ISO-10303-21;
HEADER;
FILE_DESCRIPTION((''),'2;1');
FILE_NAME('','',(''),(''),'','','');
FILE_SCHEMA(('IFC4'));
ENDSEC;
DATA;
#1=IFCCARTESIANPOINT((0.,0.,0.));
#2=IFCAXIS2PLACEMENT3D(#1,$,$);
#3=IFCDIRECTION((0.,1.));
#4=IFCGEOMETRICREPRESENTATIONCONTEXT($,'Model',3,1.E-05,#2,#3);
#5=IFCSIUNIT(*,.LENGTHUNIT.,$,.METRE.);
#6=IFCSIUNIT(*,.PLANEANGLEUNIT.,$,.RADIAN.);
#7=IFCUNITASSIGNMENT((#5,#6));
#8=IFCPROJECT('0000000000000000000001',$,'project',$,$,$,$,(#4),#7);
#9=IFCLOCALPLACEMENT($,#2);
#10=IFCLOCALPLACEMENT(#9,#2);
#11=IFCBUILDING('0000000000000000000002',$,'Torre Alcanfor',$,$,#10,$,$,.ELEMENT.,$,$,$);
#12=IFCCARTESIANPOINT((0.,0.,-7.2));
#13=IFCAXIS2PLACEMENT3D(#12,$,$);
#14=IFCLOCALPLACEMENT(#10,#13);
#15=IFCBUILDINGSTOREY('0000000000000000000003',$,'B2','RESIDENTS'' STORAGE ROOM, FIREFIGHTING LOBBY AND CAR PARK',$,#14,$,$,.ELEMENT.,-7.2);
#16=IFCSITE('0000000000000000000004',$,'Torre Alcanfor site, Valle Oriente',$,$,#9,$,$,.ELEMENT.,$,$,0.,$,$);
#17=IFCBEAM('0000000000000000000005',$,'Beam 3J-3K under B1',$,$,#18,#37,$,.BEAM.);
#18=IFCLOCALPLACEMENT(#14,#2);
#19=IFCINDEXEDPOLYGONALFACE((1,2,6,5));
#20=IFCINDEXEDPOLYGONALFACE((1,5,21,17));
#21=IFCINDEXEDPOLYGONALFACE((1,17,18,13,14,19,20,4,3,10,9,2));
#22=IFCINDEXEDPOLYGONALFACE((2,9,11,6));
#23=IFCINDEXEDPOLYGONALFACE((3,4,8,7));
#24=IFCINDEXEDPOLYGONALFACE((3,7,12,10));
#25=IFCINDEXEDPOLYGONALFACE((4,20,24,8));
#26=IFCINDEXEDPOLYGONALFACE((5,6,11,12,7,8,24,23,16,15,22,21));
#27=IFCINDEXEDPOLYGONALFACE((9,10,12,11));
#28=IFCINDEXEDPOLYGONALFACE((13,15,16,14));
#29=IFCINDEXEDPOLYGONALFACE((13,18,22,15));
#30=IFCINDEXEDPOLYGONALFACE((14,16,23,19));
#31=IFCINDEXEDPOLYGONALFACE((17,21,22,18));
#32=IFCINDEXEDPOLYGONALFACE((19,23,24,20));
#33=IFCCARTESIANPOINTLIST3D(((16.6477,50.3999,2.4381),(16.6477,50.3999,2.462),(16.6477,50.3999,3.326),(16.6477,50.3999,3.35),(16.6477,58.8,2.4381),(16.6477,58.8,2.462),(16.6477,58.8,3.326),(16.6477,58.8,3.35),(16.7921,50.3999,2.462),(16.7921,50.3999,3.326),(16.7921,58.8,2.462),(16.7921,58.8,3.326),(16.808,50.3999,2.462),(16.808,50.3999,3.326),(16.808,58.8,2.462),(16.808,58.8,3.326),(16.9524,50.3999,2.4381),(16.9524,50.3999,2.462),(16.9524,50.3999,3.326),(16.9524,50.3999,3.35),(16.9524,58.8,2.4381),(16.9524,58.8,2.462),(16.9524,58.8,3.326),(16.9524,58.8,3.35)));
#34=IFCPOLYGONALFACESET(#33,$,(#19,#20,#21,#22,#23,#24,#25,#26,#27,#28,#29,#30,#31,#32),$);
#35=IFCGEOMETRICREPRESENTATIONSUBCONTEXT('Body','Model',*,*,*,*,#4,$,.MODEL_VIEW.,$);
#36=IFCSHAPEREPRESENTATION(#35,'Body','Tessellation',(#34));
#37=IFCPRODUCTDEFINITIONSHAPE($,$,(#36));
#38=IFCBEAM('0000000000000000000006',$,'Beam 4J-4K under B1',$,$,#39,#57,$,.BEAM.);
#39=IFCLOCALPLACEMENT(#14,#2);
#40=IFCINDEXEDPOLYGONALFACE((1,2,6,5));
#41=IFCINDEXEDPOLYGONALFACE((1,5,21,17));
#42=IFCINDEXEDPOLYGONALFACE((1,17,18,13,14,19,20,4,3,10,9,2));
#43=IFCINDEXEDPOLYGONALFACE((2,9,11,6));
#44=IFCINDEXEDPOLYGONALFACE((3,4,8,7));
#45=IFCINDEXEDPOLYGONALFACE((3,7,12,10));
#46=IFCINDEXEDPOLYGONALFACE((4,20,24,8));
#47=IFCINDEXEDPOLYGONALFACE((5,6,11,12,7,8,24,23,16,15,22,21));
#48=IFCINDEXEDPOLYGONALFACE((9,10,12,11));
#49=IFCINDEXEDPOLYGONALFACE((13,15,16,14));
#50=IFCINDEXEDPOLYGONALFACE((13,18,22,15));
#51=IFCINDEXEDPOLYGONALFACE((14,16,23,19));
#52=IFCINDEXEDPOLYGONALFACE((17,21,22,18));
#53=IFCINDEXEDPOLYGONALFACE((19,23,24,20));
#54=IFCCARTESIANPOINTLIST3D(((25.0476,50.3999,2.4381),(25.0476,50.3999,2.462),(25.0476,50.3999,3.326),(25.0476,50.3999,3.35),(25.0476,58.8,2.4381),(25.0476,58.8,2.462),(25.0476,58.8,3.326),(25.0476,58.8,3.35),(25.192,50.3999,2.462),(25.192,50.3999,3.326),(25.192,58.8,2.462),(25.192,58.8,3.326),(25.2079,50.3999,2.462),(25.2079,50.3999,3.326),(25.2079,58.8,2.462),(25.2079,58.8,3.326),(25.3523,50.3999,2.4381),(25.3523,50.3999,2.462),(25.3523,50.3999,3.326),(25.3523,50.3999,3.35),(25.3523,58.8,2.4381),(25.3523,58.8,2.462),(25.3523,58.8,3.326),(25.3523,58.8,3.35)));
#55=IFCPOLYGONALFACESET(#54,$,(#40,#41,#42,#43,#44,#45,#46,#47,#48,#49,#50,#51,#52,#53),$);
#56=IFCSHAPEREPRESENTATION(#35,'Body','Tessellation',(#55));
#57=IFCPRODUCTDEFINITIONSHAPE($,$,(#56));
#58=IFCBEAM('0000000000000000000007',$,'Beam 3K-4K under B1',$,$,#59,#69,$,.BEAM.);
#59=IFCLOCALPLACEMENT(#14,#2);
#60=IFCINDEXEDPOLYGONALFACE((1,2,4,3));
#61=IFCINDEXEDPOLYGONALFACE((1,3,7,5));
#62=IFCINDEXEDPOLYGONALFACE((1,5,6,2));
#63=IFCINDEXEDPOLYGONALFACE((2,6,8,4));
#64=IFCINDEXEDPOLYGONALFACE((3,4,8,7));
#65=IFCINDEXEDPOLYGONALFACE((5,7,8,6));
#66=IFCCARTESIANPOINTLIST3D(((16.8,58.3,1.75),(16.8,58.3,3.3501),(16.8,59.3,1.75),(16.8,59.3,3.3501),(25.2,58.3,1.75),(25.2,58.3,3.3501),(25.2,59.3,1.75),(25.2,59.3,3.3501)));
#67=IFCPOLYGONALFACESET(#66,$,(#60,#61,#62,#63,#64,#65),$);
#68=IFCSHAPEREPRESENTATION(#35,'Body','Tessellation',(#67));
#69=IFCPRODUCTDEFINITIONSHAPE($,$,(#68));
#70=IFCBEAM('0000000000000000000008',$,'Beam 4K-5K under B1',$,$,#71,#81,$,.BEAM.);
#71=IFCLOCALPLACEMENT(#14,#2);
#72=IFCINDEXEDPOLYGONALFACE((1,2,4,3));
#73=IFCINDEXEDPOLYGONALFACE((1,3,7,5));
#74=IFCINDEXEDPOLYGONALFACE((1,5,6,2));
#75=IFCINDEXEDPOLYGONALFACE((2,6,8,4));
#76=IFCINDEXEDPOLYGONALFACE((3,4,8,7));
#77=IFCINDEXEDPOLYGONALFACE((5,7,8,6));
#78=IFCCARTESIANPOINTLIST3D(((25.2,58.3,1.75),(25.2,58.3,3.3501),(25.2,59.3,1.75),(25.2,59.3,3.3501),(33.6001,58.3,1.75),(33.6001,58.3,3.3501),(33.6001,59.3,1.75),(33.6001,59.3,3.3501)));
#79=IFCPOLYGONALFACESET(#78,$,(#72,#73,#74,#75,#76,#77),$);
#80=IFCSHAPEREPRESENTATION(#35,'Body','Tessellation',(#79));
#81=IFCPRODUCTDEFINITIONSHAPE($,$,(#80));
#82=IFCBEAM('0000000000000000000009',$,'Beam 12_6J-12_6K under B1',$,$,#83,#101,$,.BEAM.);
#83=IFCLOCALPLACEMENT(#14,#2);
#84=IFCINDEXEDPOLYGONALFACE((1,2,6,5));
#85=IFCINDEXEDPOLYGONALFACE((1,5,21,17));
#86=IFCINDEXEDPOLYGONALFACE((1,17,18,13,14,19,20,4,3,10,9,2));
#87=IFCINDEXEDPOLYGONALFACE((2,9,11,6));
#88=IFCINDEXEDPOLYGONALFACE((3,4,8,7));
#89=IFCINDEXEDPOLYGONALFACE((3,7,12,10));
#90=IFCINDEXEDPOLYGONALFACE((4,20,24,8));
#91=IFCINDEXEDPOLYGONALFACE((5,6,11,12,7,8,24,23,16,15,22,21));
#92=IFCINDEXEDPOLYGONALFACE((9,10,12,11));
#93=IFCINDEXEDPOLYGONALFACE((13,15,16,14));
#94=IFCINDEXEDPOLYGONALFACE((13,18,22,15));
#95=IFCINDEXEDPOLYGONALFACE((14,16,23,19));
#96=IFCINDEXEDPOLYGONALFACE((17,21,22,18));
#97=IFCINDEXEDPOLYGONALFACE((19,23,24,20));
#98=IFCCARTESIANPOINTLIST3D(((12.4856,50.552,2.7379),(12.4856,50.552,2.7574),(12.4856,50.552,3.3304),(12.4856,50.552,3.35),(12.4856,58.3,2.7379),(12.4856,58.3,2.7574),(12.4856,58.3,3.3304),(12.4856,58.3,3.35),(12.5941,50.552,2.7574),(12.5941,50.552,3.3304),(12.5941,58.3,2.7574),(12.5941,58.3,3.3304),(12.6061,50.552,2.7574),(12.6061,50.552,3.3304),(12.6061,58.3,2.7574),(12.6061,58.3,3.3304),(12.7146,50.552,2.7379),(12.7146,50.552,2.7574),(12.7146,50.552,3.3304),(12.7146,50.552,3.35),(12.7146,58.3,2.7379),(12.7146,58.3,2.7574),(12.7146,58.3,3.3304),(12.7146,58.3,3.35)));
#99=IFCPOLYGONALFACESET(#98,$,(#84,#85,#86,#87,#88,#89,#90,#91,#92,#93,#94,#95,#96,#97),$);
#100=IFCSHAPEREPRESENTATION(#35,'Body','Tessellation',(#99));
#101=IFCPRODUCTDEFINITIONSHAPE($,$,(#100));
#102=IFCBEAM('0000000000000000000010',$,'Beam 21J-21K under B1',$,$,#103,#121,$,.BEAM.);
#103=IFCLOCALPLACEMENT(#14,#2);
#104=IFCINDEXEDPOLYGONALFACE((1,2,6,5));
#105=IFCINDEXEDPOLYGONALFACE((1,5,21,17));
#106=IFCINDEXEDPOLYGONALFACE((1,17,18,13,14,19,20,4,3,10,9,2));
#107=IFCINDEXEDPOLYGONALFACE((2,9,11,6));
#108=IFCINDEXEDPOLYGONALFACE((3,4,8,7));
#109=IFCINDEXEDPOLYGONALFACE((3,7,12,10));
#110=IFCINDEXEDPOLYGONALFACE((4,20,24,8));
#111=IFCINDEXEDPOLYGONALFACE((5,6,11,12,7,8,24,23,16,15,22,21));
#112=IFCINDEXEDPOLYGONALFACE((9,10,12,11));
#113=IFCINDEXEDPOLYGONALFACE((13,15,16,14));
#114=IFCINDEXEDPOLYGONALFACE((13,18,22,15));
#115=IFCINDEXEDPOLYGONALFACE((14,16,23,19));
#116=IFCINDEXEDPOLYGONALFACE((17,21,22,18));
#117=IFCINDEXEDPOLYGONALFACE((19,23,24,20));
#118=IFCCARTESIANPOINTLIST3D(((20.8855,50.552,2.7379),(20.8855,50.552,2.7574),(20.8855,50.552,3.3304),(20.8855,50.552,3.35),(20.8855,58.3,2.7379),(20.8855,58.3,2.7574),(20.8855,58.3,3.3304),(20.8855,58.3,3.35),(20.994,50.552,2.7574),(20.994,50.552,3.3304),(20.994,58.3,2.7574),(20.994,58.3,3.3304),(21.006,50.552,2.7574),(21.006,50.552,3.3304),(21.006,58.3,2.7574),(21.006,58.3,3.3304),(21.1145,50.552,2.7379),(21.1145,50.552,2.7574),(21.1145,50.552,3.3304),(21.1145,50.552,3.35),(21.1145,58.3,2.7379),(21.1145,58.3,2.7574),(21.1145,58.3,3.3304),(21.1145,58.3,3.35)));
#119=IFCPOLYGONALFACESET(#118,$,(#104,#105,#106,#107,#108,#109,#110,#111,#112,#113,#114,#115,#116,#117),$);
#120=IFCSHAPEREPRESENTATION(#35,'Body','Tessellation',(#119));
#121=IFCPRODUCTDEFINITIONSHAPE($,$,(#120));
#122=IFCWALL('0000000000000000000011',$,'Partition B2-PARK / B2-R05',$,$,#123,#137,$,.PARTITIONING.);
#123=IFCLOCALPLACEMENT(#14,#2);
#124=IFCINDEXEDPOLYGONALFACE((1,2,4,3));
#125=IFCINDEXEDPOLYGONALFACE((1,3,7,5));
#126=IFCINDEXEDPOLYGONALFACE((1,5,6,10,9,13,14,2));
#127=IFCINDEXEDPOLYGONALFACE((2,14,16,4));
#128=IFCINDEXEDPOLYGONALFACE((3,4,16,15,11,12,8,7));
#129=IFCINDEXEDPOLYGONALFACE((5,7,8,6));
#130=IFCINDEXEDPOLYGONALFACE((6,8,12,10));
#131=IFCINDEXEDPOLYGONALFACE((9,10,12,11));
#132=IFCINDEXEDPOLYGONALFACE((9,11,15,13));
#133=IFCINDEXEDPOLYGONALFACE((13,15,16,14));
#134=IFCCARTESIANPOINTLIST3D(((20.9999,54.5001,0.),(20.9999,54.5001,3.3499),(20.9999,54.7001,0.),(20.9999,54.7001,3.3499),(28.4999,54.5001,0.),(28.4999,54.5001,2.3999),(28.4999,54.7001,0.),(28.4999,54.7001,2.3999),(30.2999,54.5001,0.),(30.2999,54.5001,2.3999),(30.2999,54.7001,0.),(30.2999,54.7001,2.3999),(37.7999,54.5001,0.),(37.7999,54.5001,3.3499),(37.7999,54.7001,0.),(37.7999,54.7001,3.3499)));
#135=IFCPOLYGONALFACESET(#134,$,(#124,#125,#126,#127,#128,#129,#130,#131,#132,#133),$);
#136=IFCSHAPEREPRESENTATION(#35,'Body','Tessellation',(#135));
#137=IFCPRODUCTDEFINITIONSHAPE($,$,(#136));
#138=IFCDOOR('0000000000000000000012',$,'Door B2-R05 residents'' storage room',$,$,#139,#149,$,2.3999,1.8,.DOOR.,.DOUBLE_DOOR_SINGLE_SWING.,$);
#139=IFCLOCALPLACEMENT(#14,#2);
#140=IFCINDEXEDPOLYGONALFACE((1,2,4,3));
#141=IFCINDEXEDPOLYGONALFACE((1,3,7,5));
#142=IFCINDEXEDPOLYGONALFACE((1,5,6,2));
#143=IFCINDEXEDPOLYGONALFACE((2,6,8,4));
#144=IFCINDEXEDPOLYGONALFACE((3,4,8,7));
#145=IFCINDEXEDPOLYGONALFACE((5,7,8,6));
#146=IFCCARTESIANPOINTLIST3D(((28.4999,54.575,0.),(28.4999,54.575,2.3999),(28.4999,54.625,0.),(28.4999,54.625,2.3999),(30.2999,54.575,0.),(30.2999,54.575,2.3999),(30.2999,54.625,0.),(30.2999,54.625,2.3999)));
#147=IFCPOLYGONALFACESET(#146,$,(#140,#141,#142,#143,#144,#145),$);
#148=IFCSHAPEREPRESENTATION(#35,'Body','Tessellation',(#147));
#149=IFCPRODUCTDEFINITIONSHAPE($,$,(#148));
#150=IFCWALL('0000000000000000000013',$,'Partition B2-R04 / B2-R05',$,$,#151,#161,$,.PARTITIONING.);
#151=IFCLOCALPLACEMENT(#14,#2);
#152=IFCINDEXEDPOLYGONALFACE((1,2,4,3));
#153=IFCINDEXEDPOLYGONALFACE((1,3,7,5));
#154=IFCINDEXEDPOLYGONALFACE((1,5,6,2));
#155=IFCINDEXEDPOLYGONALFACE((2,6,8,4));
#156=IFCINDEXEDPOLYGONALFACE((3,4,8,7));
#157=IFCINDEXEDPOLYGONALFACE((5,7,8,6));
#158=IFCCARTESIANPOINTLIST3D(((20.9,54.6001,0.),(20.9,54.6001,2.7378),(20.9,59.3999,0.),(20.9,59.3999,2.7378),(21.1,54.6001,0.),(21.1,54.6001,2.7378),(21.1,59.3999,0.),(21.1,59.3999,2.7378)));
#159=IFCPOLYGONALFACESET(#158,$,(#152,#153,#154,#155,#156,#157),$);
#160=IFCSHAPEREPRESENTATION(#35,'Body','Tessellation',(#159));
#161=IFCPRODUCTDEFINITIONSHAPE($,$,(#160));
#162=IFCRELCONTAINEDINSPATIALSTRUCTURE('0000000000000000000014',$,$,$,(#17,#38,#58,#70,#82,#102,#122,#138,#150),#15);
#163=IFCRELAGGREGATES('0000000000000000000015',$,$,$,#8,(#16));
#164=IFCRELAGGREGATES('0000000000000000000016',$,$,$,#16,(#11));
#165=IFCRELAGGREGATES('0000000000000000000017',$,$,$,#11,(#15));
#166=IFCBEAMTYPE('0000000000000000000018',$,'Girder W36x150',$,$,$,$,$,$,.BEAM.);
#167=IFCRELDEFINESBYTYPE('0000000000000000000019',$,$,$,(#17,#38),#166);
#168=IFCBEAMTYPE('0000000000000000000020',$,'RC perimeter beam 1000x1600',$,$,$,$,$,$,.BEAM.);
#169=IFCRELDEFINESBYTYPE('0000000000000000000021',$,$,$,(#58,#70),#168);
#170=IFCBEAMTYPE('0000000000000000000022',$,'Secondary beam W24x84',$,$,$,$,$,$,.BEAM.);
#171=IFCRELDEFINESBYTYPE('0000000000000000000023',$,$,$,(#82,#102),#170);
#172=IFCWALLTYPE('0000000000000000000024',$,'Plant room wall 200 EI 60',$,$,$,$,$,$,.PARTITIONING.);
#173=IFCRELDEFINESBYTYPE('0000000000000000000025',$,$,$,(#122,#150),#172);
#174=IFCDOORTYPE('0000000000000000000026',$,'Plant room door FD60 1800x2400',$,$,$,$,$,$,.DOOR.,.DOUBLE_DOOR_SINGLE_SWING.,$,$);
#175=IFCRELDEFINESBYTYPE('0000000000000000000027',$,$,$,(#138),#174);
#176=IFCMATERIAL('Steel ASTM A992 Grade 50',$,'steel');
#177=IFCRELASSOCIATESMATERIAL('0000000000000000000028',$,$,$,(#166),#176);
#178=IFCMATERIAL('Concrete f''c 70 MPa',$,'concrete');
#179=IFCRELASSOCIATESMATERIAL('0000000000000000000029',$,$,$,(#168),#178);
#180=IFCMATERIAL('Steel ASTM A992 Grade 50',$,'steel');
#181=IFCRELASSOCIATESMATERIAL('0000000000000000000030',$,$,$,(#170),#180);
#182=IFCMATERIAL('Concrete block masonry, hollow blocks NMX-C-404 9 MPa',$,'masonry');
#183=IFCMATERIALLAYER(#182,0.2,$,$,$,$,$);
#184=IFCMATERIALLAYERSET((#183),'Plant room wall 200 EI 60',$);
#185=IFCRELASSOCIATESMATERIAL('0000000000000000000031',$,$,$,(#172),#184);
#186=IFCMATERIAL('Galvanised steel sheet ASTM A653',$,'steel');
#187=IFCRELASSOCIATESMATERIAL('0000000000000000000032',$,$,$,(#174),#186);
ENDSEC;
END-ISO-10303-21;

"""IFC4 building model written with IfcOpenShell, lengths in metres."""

from ifc_helpers import new_model, si_unit, direction, frame, frame_2d, origin, origin_2d, place, context, subcontext, project, spatial, rectangle, i_section, extrude, material, layer, layer_set, material_profile, profile_set, type_object, element, fill, save


model = new_model("IFC4")

# Units and contexts
model_context = context("Model", 3, precision=1e-05, world=origin(), true_north=direction((0.0, 1.0)))
body_context = subcontext(model_context, "Body", "Model", "MODEL_VIEW")
ifc_project = project(units=[si_unit("LENGTHUNIT", "METRE"), si_unit("PLANEANGLEUNIT", "RADIAN")], contexts=[model_context])

# Site, building, storey
site_placement = place(None, origin())
site = spatial("IfcSite", under=ifc_project, at=site_placement, Name="Torre Alcanfor site, Valle Oriente", CompositionType="ELEMENT", RefElevation=0.0)
building_placement = place(site_placement, origin())
building = spatial("IfcBuilding", under=site, at=building_placement, Name="Torre Alcanfor", CompositionType="ELEMENT")
storey_placement = place(building_placement, frame((0.0, 0.0, -7.2)))
storey = spatial("IfcBuildingStorey", under=building, at=storey_placement, Name="B2", Description="RESIDENTS' STORAGE ROOM, FIREFIGHTING LOBBY AND CAR PARK", CompositionType="ELEMENT", Elevation=-7.2)

# Beams
ifc_material_1 = material(Name="Steel ASTM A992 Grade 50", Category="steel")
ifc_material_profile_1 = material_profile(ifc_material_1, i_section(OverallWidth=0.3047, OverallDepth=0.9119, WebThickness=0.0159, FlangeThickness=0.0239, at=origin_2d()), Name="W36x150")
ifc_profile_set_1 = profile_set([ifc_material_profile_1], Name="Steel ASTM A992 Grade 50")
beam_type_1 = type_object("IfcBeamType", Name="Girder W36x150", PredefinedType="BEAM", material=ifc_profile_set_1)
for number, where, z_axis, x_axis, name in (
    (1, (16.8, 50.3999, 2.894), (0.0, 1.0, 0.0), (-1.0, 0.0, 0.0), "Beam 3J-3K under B1"),
    (2, (25.2, 50.3999, 2.894), (0.0, 1.0, 0.0), (-1.0, 0.0, 0.0), "Beam 4J-4K under B1"),
):
    element("IfcBeam", number, at=place(storey_placement, frame(where, z_axis=z_axis, x_axis=x_axis)), inside=storey, type_object=beam_type_1, Name=name, PredefinedType="BEAM", context=body_context, shape_type="SweptSolid", body=[
        extrude(i_section(OverallWidth=0.3047, OverallDepth=0.9119, WebThickness=0.0159, FlangeThickness=0.0239, at=origin_2d()), origin(), (0.0, 0.0, 1.0), 8.4001),
    ])
ifc_material_2 = material(Name="Concrete f'c 70 MPa", Category="concrete")
ifc_material_profile_2 = material_profile(ifc_material_2, rectangle(XDim=1.0, YDim=1.6001, at=origin_2d()), Name="1000x1600")
ifc_profile_set_2 = profile_set([ifc_material_profile_2], Name="Concrete f'c 70 MPa")
beam_type_2 = type_object("IfcBeamType", Name="RC perimeter beam 1000x1600", PredefinedType="BEAM", material=ifc_profile_set_2)
beam_1_placement = place(storey_placement, frame((16.8, 58.8, 2.55), z_axis=(1.0, 0.0, 0.0), x_axis=(0.0, 1.0, 0.0)))
element("IfcBeam", 3, at=beam_1_placement, inside=storey, type_object=beam_type_2, Name="Beam 3K-4K under B1", PredefinedType="BEAM", context=body_context, shape_type="SweptSolid", body=[
    extrude(rectangle(XDim=1.0, YDim=1.6001, at=origin_2d()), origin(), (0.0, 0.0, 1.0), 8.3999),
])
beam_2_placement = place(storey_placement, frame((25.2, 58.8, 2.55), z_axis=(1.0, 0.0, 0.0), x_axis=(0.0, 1.0, 0.0)))
element("IfcBeam", 4, at=beam_2_placement, inside=storey, type_object=beam_type_2, Name="Beam 4K-5K under B1", PredefinedType="BEAM", context=body_context, shape_type="SweptSolid", body=[
    extrude(rectangle(XDim=1.0, YDim=1.6001, at=origin_2d()), origin(), (0.0, 0.0, 1.0), 8.4001),
])
ifc_material_3 = material(Name="Steel ASTM A992 Grade 50", Category="steel")
ifc_material_profile_3 = material_profile(ifc_material_3, i_section(OverallWidth=0.229, OverallDepth=0.6121, WebThickness=0.012, FlangeThickness=0.0195, at=origin_2d()), Name="W24x84")
ifc_profile_set_3 = profile_set([ifc_material_profile_3], Name="Steel ASTM A992 Grade 50")
beam_type_3 = type_object("IfcBeamType", Name="Secondary beam W24x84", PredefinedType="BEAM", material=ifc_profile_set_3)
for number, where, z_axis, x_axis, name in (
    (5, (12.6001, 50.552, 3.0439), (0.0, 1.0, 0.0), (-1.0, 0.0, 0.0), "Beam 12_6J-12_6K under B1"),
    (6, (21.0, 50.552, 3.0439), (0.0, 1.0, 0.0), (-1.0, 0.0, 0.0), "Beam 21J-21K under B1"),
):
    element("IfcBeam", number, at=place(storey_placement, frame(where, z_axis=z_axis, x_axis=x_axis)), inside=storey, type_object=beam_type_3, Name=name, PredefinedType="BEAM", context=body_context, shape_type="SweptSolid", body=[
        extrude(i_section(OverallWidth=0.229, OverallDepth=0.6121, WebThickness=0.012, FlangeThickness=0.0195, at=origin_2d()), origin(), (0.0, 0.0, 1.0), 7.748),
    ])

# Wall, opening, door
ifc_material_4 = material(Name="Concrete block masonry, hollow blocks NMX-C-404 9 MPa", Category="masonry")
ifc_layer = layer(ifc_material_4, 0.2)
ifc_layer_set = layer_set([ifc_layer], Name="Plant room wall 200 EI 60")
wall_type = type_object("IfcWallType", Name="Plant room wall 200 EI 60", PredefinedType="PARTITIONING", material=ifc_layer_set)
wall_1_placement = place(storey_placement, frame((21.0, 54.6001, 0.0), z_axis=(0.0, 0.0, 1.0), x_axis=(1.0, 0.0, 0.0)))
wall_1 = element("IfcWall", 7, at=wall_1_placement, inside=storey, type_object=wall_type, Name="Partition B2-PARK / B2-R05", PredefinedType="PARTITIONING", context=body_context, shape_type="SweptSolid", body=[
    extrude(rectangle(XDim=16.8, YDim=0.2, at=frame_2d((8.3999, 0.0))), origin(), (0.0, 0.0, 1.0), 3.3499),
])
opening_placement = place(wall_1_placement, frame((7.5, 0.0, 0.0)))
opening = element("IfcOpeningElement", 8, at=opening_placement, cuts=wall_1, PredefinedType="OPENING", context=body_context, shape_type="SweptSolid", body=[
    extrude(rectangle(XDim=1.8, YDim=2.3999, at=frame_2d((0.8999, 1.2))), frame((0.0, 0.1099, 0.0), z_axis=(0.0, -1.0, 0.0), x_axis=(1.0, 0.0, 0.0)), (0.0, 0.0, 1.0), 0.22),
])
ifc_material_5 = material(Name="Galvanised steel sheet ASTM A653", Category="steel")
door_type = type_object("IfcDoorType", Name="Plant room door FD60 1800x2400", OperationType="DOUBLE_DOOR_SINGLE_SWING", PredefinedType="DOOR", material=ifc_material_5)
door_placement = place(opening_placement, origin())
door = element("IfcDoor", 9, at=door_placement, inside=storey, type_object=door_type, Name="Door B2-R05 residents' storage room", OperationType="DOUBLE_DOOR_SINGLE_SWING", OverallHeight=2.3999, OverallWidth=1.8, PredefinedType="DOOR", context=body_context, shape_type="SweptSolid", body=[
    extrude(rectangle(XDim=1.8, YDim=2.3999, at=frame_2d((0.8999, 1.2))), frame((0.0, 0.0249, 0.0), z_axis=(0.0, -1.0, 0.0), x_axis=(1.0, 0.0, 0.0)), (0.0, 0.0, 1.0), 0.05),
])
fill(opening, door)

# Wall
wall_2_placement = place(storey_placement, frame((21.0, 59.3999, 0.0), z_axis=(0.0, 0.0, 1.0), x_axis=(0.0, -1.0, 0.0)))
element("IfcWall", 10, at=wall_2_placement, inside=storey, type_object=wall_type, Name="Partition B2-R04 / B2-R05", PredefinedType="PARTITIONING", context=body_context, shape_type="SweptSolid", body=[
    extrude(rectangle(XDim=4.7998, YDim=0.2, at=frame_2d((2.3999, 0.0))), origin(), (0.0, 0.0, 1.0), 2.7378),
])

save(model, "model.ifc")
